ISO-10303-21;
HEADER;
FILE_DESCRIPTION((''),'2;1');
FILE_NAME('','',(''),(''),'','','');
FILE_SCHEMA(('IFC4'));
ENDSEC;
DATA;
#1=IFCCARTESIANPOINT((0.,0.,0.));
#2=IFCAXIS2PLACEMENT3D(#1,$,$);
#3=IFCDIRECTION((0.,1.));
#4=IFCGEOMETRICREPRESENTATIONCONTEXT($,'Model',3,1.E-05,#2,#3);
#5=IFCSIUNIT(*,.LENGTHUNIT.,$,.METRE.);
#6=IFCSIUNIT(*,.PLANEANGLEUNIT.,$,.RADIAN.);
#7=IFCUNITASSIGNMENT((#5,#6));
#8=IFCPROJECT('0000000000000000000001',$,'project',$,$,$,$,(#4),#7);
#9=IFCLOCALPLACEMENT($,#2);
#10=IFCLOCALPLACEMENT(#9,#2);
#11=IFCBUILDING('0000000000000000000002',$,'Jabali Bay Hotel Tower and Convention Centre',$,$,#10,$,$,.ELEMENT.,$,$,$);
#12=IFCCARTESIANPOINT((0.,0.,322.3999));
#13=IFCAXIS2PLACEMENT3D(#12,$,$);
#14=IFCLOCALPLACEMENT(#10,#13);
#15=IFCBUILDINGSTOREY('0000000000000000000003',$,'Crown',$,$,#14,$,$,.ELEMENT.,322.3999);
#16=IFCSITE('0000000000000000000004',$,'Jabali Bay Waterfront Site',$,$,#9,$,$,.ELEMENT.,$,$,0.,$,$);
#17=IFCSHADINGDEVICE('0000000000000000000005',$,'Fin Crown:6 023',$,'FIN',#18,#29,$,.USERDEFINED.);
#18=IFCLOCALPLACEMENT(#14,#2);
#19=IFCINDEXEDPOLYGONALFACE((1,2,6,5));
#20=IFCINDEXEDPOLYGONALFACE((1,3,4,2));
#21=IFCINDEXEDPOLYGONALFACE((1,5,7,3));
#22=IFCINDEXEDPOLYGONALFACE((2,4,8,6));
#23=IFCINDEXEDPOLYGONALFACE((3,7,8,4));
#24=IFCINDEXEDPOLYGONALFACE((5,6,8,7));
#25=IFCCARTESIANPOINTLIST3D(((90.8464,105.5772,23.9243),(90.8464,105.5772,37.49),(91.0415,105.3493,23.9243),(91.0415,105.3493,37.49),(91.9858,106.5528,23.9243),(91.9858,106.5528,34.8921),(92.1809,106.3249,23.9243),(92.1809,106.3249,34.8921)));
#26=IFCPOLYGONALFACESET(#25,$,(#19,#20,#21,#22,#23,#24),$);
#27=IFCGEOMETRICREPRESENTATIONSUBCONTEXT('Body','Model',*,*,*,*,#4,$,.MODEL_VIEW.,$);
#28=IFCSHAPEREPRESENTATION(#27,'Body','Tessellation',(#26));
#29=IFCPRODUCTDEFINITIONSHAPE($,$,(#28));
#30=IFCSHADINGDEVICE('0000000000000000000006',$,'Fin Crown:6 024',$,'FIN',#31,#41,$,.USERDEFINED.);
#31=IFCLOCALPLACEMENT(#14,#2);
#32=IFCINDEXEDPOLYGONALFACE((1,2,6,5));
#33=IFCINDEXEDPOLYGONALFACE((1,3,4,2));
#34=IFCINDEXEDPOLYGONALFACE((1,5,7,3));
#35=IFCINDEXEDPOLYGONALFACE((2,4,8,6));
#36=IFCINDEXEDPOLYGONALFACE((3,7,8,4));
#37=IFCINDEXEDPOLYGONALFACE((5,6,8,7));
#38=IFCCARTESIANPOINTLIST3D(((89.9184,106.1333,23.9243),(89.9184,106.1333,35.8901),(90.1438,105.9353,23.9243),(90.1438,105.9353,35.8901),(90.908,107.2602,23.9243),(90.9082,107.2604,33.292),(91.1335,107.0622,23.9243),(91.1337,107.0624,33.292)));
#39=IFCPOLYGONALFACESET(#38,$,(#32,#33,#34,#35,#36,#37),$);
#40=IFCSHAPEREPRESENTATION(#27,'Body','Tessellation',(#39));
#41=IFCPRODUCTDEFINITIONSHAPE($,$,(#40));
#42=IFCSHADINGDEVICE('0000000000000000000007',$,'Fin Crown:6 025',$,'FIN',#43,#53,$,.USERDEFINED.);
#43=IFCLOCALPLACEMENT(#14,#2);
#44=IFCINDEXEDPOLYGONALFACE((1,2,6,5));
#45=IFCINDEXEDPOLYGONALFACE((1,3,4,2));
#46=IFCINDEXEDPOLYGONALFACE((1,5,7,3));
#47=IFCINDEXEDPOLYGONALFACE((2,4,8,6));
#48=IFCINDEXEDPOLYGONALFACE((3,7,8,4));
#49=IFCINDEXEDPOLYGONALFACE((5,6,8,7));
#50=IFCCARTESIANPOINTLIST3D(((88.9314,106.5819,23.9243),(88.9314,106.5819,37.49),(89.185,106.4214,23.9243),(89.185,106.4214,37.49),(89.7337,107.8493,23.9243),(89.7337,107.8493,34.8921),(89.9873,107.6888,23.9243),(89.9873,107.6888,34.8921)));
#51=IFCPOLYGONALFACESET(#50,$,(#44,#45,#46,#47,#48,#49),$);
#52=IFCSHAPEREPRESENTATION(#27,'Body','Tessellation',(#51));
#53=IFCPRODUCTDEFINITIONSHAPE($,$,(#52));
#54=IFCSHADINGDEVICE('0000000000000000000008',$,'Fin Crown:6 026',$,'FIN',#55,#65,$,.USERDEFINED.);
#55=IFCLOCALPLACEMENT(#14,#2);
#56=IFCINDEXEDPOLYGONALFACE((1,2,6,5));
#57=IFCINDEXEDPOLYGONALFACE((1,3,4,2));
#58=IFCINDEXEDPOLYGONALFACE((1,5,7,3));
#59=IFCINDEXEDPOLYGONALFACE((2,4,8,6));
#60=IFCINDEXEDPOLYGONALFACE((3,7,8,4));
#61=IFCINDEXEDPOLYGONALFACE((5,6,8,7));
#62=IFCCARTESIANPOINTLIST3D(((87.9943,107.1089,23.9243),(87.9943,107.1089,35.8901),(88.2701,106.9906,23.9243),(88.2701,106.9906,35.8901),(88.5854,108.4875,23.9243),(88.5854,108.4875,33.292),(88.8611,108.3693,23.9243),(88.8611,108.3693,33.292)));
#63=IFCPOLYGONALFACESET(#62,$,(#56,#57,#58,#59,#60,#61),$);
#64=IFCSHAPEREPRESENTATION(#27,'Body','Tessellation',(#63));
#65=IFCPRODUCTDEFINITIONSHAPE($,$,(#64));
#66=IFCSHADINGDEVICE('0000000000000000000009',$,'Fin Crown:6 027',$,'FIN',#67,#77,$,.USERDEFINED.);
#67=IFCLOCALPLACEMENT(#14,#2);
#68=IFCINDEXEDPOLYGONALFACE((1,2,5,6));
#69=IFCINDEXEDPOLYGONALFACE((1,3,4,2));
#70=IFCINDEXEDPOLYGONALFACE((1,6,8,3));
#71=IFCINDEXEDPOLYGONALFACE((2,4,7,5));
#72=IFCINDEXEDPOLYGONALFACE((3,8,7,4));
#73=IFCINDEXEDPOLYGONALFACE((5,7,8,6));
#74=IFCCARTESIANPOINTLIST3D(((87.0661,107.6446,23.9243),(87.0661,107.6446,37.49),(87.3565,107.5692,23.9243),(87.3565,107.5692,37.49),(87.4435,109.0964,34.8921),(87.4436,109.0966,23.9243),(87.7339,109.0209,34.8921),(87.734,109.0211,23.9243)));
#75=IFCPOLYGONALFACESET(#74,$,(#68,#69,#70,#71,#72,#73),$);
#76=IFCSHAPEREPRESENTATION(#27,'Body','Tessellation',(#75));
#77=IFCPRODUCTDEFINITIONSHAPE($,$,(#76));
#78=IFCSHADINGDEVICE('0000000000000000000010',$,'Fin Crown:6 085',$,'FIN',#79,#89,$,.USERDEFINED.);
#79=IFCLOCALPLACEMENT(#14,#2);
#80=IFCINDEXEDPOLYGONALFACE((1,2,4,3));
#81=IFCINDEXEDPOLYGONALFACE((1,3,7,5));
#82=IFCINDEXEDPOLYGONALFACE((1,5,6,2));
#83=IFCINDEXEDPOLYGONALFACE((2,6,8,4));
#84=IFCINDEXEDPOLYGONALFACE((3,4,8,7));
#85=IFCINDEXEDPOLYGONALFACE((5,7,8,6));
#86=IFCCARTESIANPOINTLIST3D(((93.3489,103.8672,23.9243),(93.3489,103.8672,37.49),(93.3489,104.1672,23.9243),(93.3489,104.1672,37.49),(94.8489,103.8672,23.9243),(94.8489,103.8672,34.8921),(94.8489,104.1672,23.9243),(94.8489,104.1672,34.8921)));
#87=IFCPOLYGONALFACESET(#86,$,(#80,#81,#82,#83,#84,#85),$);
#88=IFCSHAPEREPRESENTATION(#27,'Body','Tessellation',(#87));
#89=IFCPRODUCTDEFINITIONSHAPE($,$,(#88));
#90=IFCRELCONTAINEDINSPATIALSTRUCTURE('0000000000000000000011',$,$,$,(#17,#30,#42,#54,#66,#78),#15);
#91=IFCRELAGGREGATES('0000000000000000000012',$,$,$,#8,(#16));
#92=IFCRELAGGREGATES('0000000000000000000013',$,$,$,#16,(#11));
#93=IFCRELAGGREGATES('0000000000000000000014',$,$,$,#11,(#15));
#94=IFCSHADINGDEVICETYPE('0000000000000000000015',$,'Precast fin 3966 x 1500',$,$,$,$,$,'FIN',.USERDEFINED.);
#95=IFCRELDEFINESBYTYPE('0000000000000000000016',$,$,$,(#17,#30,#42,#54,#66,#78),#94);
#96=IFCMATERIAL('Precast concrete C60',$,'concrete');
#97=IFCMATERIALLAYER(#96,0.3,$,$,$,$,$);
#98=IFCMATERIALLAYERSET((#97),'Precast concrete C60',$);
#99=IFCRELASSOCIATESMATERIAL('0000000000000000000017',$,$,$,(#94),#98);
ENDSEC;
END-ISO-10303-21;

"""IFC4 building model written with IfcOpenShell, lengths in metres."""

from ifc_helpers import new_model, si_unit, direction, frame, origin, place, context, subcontext, project, spatial, polyline, outline, extrude, material, layer, layer_set, type_object, element, save


model = new_model("IFC4")

# Units and contexts
model_context = context("Model", 3, precision=1e-05, world=origin(), true_north=direction((0.0, 1.0)))
body_context = subcontext(model_context, "Body", "Model", "MODEL_VIEW")
ifc_project = project(units=[si_unit("LENGTHUNIT", "METRE"), si_unit("PLANEANGLEUNIT", "RADIAN")], contexts=[model_context])

# Site, building, storey
site_placement = place(None, origin())
site = spatial("IfcSite", under=ifc_project, at=site_placement, Name="Jabali Bay Waterfront Site", CompositionType="ELEMENT", RefElevation=0.0)
building_placement = place(site_placement, origin())
building = spatial("IfcBuilding", under=site, at=building_placement, Name="Jabali Bay Hotel Tower and Convention Centre", CompositionType="ELEMENT")
storey_placement = place(building_placement, frame((0.0, 0.0, 322.3999)))
storey = spatial("IfcBuildingStorey", under=building, at=storey_placement, Name="Crown", CompositionType="ELEMENT", Elevation=322.3999)

# Shading devices
ifc_material_1 = material(Name="Precast concrete C60", Category="concrete")
ifc_layer_1 = layer(ifc_material_1, 0.3)
ifc_layer_set_1 = layer_set([ifc_layer_1], Name="Precast concrete C60")
shading_device_type = type_object("IfcShadingDeviceType", Name="Precast fin 3966 x 1500", ElementType="FIN", PredefinedType="USERDEFINED", material=ifc_layer_set_1)
shading_device_1_placement = place(storey_placement, frame((90.9438, 105.4634, 23.9243), z_axis=(0.0, 0.0, 1.0), x_axis=(0.759601, 0.650389, 0.0)))
element("IfcShadingDevice", 1, at=shading_device_1_placement, inside=storey, type_object=shading_device_type, Name="Fin Crown:6 023", ObjectType="FIN", PredefinedType="USERDEFINED", context=body_context, shape_type="SweptSolid", body=[
    extrude(outline(polyline([(0.0, 0.0), (1.5, 0.0), (1.5, 10.9678), (0.0, 13.5657), (0.0, 0.0)])), frame((0.0, 0.1499, 0.0), z_axis=(0.0, -1.0, 0.0), x_axis=(1.0, 0.0, 0.0)), (0.0, 0.0, 1.0), 0.3),
])
shading_device_2_placement = place(storey_placement, frame((90.031, 106.0344, 23.9243), z_axis=(0.0, 0.0, 1.0), x_axis=(0.659886, 0.751365, 0.0)))
element("IfcShadingDevice", 2, at=shading_device_2_placement, inside=storey, type_object=shading_device_type, Name="Fin Crown:6 024", ObjectType="FIN", PredefinedType="USERDEFINED", context=body_context, shape_type="SweptSolid", body=[
    extrude(outline(polyline([(0.0, 0.0), (1.4998, 0.0), (1.5, 9.3677), (0.0, 11.9658), (0.0, 0.0)])), frame((0.0, 0.1499, 0.0), z_axis=(0.0, -1.0, 0.0), x_axis=(1.0, 0.0, 0.0)), (0.0, 0.0, 1.0), 0.3),
])
shading_device_3_placement = place(storey_placement, frame((89.0581, 106.5017, 23.9243), z_axis=(0.0, 0.0, 1.0), x_axis=(0.534862, 0.844939, 0.0)))
element("IfcShadingDevice", 3, at=shading_device_3_placement, inside=storey, type_object=shading_device_type, Name="Fin Crown:6 025", ObjectType="FIN", PredefinedType="USERDEFINED", context=body_context, shape_type="SweptSolid", body=[
    extrude(outline(polyline([(0.0, 0.0), (1.5, 0.0), (1.5, 10.9678), (0.0, 13.5657), (0.0, 0.0)])), frame((0.0, 0.1499, 0.0), z_axis=(0.0, -1.0, 0.0), x_axis=(1.0, 0.0, 0.0)), (0.0, 0.0, 1.0), 0.3),
])
shading_device_4_placement = place(storey_placement, frame((88.1321, 107.0498, 23.9243), z_axis=(0.0, 0.0, 1.0), x_axis=(0.394037, 0.919095, 0.0)))
element("IfcShadingDevice", 4, at=shading_device_4_placement, inside=storey, type_object=shading_device_type, Name="Fin Crown:6 026", ObjectType="FIN", PredefinedType="USERDEFINED", context=body_context, shape_type="SweptSolid", body=[
    extrude(outline(polyline([(0.0, 0.0), (1.5, 0.0), (1.5, 9.3677), (0.0, 11.9658), (0.0, 0.0)])), frame((0.0, 0.1499, 0.0), z_axis=(0.0, -1.0, 0.0), x_axis=(1.0, 0.0, 0.0)), (0.0, 0.0, 1.0), 0.3),
])
shading_device_5_placement = place(storey_placement, frame((87.2112, 107.6069, 23.9243), z_axis=(0.0, 0.0, 1.0), x_axis=(0.2516, 0.967831, 0.0)))
element("IfcShadingDevice", 5, at=shading_device_5_placement, inside=storey, type_object=shading_device_type, Name="Fin Crown:6 027", ObjectType="FIN", PredefinedType="USERDEFINED", context=body_context, shape_type="SweptSolid", body=[
    extrude(outline(polyline([(0.0, 0.0), (1.5002, 0.0), (1.5, 10.9678), (0.0, 13.5657), (0.0, 0.0)])), frame((0.0, 0.1499, 0.0), z_axis=(0.0, -1.0, 0.0), x_axis=(1.0, 0.0, 0.0)), (0.0, 0.0, 1.0), 0.3),
])
shading_device_6_placement = place(storey_placement, frame((93.3489, 104.0173, 23.9243), z_axis=(0.0, 0.0, 1.0), x_axis=(1.0, 0.0, 0.0)))
element("IfcShadingDevice", 6, at=shading_device_6_placement, inside=storey, type_object=shading_device_type, Name="Fin Crown:6 085", ObjectType="FIN", PredefinedType="USERDEFINED", context=body_context, shape_type="SweptSolid", body=[
    extrude(outline(polyline([(0.0, 0.0), (1.5, 0.0), (1.5, 10.9678), (0.0, 13.5657), (0.0, 0.0)])), frame((0.0, 0.1499, 0.0), z_axis=(0.0, -1.0, 0.0), x_axis=(1.0, 0.0, 0.0)), (0.0, 0.0, 1.0), 0.3),
])

save(model, "model.ifc")
